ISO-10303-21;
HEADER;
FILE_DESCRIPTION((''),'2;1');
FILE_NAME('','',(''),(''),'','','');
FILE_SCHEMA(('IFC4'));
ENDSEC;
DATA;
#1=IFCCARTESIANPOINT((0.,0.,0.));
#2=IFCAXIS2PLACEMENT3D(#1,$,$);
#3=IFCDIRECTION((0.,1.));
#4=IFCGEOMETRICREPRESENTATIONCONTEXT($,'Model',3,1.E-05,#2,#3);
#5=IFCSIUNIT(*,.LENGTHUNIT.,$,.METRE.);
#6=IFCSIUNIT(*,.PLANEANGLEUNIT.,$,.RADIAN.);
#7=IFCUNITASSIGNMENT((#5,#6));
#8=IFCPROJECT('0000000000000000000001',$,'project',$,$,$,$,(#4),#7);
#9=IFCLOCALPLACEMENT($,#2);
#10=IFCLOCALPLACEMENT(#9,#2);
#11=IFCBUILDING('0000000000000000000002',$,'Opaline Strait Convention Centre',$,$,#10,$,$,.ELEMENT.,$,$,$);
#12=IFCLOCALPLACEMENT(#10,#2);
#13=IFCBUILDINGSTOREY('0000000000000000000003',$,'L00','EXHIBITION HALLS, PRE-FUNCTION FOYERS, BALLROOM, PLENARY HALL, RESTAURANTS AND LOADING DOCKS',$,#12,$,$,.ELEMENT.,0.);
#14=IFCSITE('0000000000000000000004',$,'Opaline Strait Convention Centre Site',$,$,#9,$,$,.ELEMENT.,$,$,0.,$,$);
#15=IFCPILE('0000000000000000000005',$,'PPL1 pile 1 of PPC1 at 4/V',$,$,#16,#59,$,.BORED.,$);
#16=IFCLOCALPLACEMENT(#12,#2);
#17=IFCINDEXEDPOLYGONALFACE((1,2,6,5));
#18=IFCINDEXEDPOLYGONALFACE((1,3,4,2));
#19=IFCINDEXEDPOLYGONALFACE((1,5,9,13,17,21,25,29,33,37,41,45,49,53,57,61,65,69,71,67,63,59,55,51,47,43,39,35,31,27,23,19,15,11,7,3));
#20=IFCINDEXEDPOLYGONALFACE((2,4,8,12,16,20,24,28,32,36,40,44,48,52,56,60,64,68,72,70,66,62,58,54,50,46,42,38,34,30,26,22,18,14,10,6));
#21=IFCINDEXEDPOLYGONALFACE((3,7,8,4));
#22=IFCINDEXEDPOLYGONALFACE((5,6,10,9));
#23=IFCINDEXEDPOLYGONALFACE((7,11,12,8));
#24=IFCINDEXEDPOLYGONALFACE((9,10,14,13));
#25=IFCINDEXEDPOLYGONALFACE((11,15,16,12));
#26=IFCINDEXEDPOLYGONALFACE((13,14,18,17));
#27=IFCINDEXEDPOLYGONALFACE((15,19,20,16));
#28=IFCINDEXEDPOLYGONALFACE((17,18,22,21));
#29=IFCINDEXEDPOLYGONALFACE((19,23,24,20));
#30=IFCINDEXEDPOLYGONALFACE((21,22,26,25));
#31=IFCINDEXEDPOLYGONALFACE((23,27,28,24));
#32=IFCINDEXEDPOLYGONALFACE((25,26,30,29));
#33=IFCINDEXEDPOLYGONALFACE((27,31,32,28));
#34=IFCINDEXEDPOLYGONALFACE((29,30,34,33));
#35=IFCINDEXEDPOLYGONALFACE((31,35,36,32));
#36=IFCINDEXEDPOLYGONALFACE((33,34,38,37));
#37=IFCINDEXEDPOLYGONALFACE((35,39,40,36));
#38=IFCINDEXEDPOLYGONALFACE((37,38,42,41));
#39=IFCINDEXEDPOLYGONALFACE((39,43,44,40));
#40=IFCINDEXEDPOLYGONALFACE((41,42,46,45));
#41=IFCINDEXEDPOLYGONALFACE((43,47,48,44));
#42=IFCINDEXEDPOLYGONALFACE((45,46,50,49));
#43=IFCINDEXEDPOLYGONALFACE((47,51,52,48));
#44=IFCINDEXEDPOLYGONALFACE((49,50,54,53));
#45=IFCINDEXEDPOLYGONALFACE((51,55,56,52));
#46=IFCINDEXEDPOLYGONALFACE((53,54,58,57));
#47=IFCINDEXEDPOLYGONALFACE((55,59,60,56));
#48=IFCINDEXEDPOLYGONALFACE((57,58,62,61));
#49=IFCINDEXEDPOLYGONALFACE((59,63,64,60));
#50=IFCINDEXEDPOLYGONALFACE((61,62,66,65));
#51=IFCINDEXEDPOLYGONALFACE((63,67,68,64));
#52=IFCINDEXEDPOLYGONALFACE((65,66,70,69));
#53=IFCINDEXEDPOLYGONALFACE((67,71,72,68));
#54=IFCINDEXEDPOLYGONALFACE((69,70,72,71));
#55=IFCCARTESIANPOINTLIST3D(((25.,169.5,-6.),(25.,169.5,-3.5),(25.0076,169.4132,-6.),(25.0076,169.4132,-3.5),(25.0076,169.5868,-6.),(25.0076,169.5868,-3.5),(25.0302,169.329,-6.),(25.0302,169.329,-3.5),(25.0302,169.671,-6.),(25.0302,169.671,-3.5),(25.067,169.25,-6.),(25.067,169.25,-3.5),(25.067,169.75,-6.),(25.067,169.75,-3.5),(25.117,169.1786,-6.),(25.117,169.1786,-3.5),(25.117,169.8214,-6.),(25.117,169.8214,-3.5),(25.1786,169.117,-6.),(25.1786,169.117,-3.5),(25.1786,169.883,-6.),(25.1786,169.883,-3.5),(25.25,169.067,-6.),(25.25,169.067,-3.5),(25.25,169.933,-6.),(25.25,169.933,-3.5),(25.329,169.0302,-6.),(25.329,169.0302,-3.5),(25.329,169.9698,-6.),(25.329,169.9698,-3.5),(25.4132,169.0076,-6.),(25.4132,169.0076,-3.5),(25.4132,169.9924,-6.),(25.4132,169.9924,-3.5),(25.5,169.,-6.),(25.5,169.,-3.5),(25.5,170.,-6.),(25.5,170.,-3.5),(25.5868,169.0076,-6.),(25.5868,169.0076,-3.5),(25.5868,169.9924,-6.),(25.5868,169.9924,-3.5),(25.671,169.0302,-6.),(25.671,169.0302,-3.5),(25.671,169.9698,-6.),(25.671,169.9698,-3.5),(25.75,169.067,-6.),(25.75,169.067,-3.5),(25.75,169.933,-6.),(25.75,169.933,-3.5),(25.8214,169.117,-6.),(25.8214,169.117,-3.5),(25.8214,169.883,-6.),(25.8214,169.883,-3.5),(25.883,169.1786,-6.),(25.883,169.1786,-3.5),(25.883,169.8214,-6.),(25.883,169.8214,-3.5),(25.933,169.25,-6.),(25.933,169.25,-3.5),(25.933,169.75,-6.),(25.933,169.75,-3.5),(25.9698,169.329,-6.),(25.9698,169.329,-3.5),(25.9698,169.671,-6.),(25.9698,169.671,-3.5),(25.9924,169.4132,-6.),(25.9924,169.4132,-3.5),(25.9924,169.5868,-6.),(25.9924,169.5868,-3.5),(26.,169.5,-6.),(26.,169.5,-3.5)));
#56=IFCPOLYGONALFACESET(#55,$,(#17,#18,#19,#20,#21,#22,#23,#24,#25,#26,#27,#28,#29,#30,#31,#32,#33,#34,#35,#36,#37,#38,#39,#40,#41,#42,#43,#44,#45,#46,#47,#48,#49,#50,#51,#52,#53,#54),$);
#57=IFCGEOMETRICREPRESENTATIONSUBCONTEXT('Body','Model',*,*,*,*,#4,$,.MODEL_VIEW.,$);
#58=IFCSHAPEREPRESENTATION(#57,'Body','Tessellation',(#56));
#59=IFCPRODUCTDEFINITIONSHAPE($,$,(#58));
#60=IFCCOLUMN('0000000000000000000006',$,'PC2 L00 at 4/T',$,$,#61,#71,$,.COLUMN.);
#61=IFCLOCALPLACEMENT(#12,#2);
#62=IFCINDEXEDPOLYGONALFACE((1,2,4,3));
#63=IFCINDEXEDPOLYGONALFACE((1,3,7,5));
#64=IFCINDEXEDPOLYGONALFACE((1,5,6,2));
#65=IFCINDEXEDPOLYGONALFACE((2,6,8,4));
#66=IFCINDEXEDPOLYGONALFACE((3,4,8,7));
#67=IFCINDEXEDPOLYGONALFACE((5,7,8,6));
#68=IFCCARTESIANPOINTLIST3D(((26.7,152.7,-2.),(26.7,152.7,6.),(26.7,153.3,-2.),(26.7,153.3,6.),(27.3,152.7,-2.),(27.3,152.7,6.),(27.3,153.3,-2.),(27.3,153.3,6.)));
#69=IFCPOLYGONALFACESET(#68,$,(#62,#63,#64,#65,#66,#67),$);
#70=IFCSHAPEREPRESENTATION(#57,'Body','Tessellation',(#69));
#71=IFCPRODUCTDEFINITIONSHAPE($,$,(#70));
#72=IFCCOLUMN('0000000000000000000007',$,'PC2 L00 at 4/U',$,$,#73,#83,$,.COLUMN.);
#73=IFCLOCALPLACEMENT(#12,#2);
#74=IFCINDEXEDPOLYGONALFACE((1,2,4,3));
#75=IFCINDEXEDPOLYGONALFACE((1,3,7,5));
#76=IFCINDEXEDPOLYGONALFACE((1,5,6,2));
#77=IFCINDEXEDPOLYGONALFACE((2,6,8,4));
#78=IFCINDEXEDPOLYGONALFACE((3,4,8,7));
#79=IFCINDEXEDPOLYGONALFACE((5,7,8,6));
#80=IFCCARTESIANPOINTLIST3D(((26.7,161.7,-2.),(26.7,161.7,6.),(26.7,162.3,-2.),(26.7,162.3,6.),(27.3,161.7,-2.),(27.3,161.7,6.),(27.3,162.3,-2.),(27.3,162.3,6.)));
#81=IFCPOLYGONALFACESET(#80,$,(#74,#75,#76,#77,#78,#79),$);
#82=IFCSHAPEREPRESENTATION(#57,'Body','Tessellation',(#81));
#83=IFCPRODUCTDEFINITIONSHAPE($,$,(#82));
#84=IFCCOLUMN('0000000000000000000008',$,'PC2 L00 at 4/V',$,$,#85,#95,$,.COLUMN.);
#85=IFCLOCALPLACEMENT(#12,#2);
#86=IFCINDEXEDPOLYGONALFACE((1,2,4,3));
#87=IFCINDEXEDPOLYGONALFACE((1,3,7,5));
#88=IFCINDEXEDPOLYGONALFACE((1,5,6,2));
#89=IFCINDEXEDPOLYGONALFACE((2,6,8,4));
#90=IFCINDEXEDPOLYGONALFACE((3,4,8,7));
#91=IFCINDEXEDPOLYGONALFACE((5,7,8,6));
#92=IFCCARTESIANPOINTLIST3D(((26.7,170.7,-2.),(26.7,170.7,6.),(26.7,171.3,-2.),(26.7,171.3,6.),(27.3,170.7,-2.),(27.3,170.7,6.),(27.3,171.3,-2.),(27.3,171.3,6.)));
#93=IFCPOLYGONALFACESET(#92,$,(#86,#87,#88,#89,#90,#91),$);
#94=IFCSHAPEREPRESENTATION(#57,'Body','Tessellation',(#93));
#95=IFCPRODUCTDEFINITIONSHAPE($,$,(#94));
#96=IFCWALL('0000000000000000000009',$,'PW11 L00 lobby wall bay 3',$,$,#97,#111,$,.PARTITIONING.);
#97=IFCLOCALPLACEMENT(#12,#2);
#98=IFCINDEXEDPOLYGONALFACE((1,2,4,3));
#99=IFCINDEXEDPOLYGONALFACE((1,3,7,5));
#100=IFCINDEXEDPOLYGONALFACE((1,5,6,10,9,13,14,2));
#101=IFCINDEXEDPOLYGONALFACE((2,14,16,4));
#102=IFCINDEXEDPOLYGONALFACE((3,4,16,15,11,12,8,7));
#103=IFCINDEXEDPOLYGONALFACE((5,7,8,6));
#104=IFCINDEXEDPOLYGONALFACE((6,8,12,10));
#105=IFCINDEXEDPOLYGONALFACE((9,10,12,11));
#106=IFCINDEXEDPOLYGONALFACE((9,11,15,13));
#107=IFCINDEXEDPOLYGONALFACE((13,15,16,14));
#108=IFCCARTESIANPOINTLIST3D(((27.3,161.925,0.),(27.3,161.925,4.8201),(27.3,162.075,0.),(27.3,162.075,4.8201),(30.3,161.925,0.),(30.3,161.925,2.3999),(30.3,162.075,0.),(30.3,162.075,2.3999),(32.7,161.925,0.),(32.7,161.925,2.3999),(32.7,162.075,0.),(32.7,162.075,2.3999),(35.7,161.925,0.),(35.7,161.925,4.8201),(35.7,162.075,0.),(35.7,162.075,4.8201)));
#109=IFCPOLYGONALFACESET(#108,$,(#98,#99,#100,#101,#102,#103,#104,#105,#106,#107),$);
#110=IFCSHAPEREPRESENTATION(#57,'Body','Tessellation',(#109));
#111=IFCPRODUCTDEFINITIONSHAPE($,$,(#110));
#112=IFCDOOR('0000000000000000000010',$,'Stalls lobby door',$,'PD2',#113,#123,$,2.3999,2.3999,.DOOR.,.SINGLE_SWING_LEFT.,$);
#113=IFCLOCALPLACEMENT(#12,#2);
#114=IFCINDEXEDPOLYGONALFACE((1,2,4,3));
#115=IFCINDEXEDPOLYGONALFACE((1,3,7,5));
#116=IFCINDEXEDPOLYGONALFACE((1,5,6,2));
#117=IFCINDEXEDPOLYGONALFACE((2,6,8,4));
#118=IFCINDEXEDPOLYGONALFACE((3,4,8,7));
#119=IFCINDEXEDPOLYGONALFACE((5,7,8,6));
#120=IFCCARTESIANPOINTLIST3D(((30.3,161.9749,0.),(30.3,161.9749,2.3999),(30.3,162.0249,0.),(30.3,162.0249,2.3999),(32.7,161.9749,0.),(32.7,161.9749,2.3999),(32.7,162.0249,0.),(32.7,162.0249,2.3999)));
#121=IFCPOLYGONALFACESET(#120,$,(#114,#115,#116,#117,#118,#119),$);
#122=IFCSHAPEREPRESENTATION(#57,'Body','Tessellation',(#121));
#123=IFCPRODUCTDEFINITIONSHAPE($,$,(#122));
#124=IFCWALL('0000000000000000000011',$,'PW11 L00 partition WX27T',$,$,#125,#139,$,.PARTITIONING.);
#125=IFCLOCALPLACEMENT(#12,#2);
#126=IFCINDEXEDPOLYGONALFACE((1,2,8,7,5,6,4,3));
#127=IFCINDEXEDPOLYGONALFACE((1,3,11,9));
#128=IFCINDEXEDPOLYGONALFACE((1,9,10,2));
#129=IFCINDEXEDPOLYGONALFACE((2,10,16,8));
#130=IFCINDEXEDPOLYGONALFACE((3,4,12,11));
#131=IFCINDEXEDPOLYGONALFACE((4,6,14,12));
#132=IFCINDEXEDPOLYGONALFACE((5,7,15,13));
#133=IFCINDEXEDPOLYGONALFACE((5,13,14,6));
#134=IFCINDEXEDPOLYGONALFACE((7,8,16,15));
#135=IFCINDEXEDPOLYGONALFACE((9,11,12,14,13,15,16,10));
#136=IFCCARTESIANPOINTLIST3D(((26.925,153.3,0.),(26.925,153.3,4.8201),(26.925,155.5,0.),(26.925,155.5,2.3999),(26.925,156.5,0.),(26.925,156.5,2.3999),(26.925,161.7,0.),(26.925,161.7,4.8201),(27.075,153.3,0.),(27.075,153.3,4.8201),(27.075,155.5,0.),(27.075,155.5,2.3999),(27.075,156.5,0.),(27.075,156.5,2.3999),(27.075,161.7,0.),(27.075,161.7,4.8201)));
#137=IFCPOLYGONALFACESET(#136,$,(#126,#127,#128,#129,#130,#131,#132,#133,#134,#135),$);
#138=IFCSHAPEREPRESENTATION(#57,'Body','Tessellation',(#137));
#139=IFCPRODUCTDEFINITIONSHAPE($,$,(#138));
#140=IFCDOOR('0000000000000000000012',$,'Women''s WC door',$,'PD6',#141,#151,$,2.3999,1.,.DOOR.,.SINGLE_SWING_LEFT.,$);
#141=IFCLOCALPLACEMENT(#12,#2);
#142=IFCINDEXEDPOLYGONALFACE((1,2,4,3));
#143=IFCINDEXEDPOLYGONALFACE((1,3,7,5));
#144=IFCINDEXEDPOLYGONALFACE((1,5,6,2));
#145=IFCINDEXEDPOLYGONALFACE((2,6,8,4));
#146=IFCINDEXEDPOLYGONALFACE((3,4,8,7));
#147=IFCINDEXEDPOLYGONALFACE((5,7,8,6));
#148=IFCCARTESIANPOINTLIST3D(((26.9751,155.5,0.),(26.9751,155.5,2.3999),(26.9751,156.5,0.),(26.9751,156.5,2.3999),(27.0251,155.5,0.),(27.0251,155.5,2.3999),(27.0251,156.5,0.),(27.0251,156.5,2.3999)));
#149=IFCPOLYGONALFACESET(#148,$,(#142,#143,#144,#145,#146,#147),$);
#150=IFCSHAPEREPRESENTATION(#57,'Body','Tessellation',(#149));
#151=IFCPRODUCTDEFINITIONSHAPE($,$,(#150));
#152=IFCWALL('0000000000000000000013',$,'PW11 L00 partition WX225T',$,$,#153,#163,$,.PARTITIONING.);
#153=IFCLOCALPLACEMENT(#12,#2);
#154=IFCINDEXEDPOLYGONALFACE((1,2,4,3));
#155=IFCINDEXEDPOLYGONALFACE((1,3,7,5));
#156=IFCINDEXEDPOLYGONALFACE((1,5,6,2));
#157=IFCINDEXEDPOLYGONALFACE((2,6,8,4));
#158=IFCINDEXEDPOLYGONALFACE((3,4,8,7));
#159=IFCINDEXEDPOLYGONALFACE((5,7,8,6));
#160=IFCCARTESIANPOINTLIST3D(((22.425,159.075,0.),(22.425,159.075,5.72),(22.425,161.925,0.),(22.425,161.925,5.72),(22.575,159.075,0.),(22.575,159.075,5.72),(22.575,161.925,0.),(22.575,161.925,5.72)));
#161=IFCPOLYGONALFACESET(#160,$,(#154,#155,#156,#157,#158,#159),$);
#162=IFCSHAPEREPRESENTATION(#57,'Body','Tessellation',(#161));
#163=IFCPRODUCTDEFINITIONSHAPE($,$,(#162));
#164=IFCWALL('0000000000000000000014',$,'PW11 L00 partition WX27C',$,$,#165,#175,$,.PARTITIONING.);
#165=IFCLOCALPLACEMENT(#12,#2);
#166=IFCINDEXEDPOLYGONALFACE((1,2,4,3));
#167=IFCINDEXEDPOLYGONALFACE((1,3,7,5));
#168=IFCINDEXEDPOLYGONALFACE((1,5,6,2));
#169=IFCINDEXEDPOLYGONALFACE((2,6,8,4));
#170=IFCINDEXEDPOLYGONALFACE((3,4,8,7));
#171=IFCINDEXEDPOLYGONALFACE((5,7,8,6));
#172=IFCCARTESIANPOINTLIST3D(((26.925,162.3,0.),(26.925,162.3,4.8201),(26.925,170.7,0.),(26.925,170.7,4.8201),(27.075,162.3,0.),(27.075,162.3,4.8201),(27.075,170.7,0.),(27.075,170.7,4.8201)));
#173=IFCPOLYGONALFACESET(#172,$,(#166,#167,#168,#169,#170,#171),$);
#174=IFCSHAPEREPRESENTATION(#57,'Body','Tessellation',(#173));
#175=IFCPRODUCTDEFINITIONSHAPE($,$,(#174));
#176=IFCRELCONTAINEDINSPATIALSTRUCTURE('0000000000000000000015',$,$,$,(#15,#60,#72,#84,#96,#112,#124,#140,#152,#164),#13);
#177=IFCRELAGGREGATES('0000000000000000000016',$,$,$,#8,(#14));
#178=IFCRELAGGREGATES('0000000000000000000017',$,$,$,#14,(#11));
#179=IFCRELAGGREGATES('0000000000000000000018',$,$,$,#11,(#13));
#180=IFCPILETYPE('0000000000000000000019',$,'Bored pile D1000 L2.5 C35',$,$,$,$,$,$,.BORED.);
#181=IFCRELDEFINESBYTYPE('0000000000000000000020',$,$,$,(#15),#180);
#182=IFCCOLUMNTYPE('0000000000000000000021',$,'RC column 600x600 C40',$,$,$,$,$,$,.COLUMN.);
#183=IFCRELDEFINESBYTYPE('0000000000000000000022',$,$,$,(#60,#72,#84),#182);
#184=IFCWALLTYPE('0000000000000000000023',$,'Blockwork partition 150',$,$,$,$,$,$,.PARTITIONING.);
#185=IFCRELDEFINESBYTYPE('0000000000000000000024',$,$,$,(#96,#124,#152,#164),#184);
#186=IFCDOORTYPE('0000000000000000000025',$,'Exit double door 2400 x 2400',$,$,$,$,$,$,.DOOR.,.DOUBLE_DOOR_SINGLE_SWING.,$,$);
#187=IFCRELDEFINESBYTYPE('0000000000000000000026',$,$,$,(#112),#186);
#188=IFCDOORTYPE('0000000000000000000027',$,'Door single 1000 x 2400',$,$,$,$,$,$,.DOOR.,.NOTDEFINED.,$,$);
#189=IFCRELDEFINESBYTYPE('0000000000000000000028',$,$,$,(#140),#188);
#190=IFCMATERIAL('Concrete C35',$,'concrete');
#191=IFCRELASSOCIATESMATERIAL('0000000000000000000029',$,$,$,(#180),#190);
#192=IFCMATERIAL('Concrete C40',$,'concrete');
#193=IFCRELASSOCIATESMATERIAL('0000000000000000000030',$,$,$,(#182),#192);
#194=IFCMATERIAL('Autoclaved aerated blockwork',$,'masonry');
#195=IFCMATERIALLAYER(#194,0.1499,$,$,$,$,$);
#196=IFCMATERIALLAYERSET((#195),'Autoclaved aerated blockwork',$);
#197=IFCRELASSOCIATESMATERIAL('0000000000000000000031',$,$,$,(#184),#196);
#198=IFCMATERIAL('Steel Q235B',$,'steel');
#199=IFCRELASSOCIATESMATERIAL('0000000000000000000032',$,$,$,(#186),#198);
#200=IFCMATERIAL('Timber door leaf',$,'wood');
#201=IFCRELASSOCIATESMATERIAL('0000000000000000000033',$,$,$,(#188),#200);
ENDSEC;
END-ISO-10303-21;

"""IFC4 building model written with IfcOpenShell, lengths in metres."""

from ifc_helpers import new_model, si_unit, direction, frame, frame_2d, origin, origin_2d, place, context, subcontext, project, spatial, rectangle, circle, extrude, material, layer, layer_set, material_profile, profile_set, type_object, element, fill, save


model = new_model("IFC4")

# Units and contexts
model_context = context("Model", 3, precision=1e-05, world=origin(), true_north=direction((0.0, 1.0)))
body_context = subcontext(model_context, "Body", "Model", "MODEL_VIEW")
ifc_project = project(units=[si_unit("LENGTHUNIT", "METRE"), si_unit("PLANEANGLEUNIT", "RADIAN")], contexts=[model_context])

# Site, building, storey
site_placement = place(None, origin())
site = spatial("IfcSite", under=ifc_project, at=site_placement, Name="Opaline Strait Convention Centre Site", CompositionType="ELEMENT", RefElevation=0.0)
building_placement = place(site_placement, origin())
building = spatial("IfcBuilding", under=site, at=building_placement, Name="Opaline Strait Convention Centre", CompositionType="ELEMENT")
storey_placement = place(building_placement, origin())
storey = spatial("IfcBuildingStorey", under=building, at=storey_placement, Name="L00", Description="EXHIBITION HALLS, PRE-FUNCTION FOYERS, BALLROOM, PLENARY HALL, RESTAURANTS AND LOADING DOCKS", CompositionType="ELEMENT", Elevation=0.0)

# Pile
ifc_material_1 = material(Name="Concrete C35", Category="concrete")
ifc_material_profile_1 = material_profile(ifc_material_1, circle(Radius=0.5, at=origin_2d()), Name="D1000")
ifc_profile_set_1 = profile_set([ifc_material_profile_1], Name="Concrete C35")
pile_type = type_object("IfcPileType", Name="Bored pile D1000 L2.5 C35", PredefinedType="BORED", material=ifc_profile_set_1)
for number, where, z_axis, x_axis, name in (
    (1, (25.5, 169.5, -3.5), (0.0, 0.0, -1.0), (1.0, 0.0, 0.0), "PPL1 pile 1 of PPC1 at 4/V"),
):
    element("IfcPile", number, at=place(storey_placement, frame(where, z_axis=z_axis, x_axis=x_axis)), inside=storey, type_object=pile_type, Name=name, PredefinedType="BORED", context=body_context, shape_type="SweptSolid", body=[
        extrude(circle(Radius=0.5, at=origin_2d()), origin(), (0.0, 0.0, 1.0), 2.5),
    ])

# Columns
ifc_material_2 = material(Name="Concrete C40", Category="concrete")
ifc_material_profile_2 = material_profile(ifc_material_2, rectangle(XDim=0.6001, YDim=0.6001, at=origin_2d()), Name="RC 600x600")
ifc_profile_set_2 = profile_set([ifc_material_profile_2], Name="Concrete C40")
column_type = type_object("IfcColumnType", Name="RC column 600x600 C40", PredefinedType="COLUMN", material=ifc_profile_set_2)
for number, where, z_axis, x_axis, name in (
    (2, (27.0, 153.0, -2.0), (0.0, 0.0, 1.0), (1.0, 0.0, 0.0), "PC2 L00 at 4/T"),
    (3, (27.0, 162.0, -2.0), (0.0, 0.0, 1.0), (1.0, 0.0, 0.0), "PC2 L00 at 4/U"),
    (4, (27.0, 171.0, -2.0), (0.0, 0.0, 1.0), (1.0, 0.0, 0.0), "PC2 L00 at 4/V"),
):
    element("IfcColumn", number, at=place(storey_placement, frame(where, z_axis=z_axis, x_axis=x_axis)), inside=storey, type_object=column_type, Name=name, PredefinedType="COLUMN", context=body_context, shape_type="SweptSolid", body=[
        extrude(rectangle(XDim=0.6001, YDim=0.6001, at=origin_2d()), origin(), (0.0, 0.0, 1.0), 8.0),
    ])

# Walls, openings, doors
ifc_material_3 = material(Name="Autoclaved aerated blockwork", Category="masonry")
ifc_layer = layer(ifc_material_3, 0.1499)
ifc_layer_set = layer_set([ifc_layer], Name="Autoclaved aerated blockwork")
wall_type = type_object("IfcWallType", Name="Blockwork partition 150", PredefinedType="PARTITIONING", material=ifc_layer_set)
wall_1_placement = place(storey_placement, frame((27.3, 162.0, 0.0), z_axis=(0.0, 0.0, 1.0), x_axis=(1.0, 0.0, 0.0)))
wall_1 = element("IfcWall", 5, at=wall_1_placement, inside=storey, type_object=wall_type, Name="PW11 L00 lobby wall bay 3", PredefinedType="PARTITIONING", context=body_context, shape_type="SweptSolid", body=[
    extrude(rectangle(XDim=8.3999, YDim=0.1499, at=frame_2d((4.2, 0.0))), origin(), (0.0, 0.0, 1.0), 4.8201),
])
opening_1_placement = place(wall_1_placement, frame((3.0, 0.0, 0.0)))
opening_1 = element("IfcOpeningElement", 6, at=opening_1_placement, cuts=wall_1, PredefinedType="OPENING", context=body_context, shape_type="SweptSolid", body=[
    extrude(rectangle(XDim=2.3999, YDim=2.3999, at=frame_2d((1.2, 1.2))), frame((0.0, 0.085, 0.0), z_axis=(0.0, -1.0, 0.0), x_axis=(1.0, 0.0, 0.0)), (0.0, 0.0, 1.0), 0.1699),
])
ifc_material_4 = material(Name="Steel Q235B", Category="steel")
door_type_1 = type_object("IfcDoorType", Name="Exit double door 2400 x 2400", OperationType="DOUBLE_DOOR_SINGLE_SWING", PredefinedType="DOOR", material=ifc_material_4)
door_1_placement = place(opening_1_placement, origin())
door_1 = element("IfcDoor", 7, at=door_1_placement, inside=storey, type_object=door_type_1, Name="Stalls lobby door", ObjectType="PD2", OperationType="SINGLE_SWING_LEFT", OverallHeight=2.3999, OverallWidth=2.3999, PredefinedType="DOOR", context=body_context, shape_type="SweptSolid", body=[
    extrude(rectangle(XDim=2.3999, YDim=2.3999, at=frame_2d((1.2, 1.2))), frame((0.0, 0.0249, 0.0), z_axis=(0.0, -1.0, 0.0), x_axis=(1.0, 0.0, 0.0)), (0.0, 0.0, 1.0), 0.05),
])
fill(opening_1, door_1)
wall_2_placement = place(storey_placement, frame((27.0, 153.3, 0.0), z_axis=(0.0, 0.0, 1.0), x_axis=(0.0, 1.0, 0.0)))
wall_2 = element("IfcWall", 8, at=wall_2_placement, inside=storey, type_object=wall_type, Name="PW11 L00 partition WX27T", PredefinedType="PARTITIONING", context=body_context, shape_type="SweptSolid", body=[
    extrude(rectangle(XDim=8.3999, YDim=0.1499, at=frame_2d((4.2, 0.0))), origin(), (0.0, 0.0, 1.0), 4.8201),
])
opening_2_placement = place(wall_2_placement, frame((2.2, 0.0, 0.0)))
opening_2 = element("IfcOpeningElement", 9, at=opening_2_placement, cuts=wall_2, PredefinedType="OPENING", context=body_context, shape_type="SweptSolid", body=[
    extrude(rectangle(XDim=1.0, YDim=2.3999, at=frame_2d((0.5, 1.2))), frame((0.0, 0.085, 0.0), z_axis=(0.0, -1.0, 0.0), x_axis=(1.0, 0.0, 0.0)), (0.0, 0.0, 1.0), 0.1699),
])
ifc_material_5 = material(Name="Timber door leaf", Category="wood")
door_type_2 = type_object("IfcDoorType", Name="Door single 1000 x 2400", OperationType="NOTDEFINED", PredefinedType="DOOR", material=ifc_material_5)
door_2_placement = place(opening_2_placement, origin())
door_2 = element("IfcDoor", 10, at=door_2_placement, inside=storey, type_object=door_type_2, Name="Women's WC door", ObjectType="PD6", OperationType="SINGLE_SWING_LEFT", OverallHeight=2.3999, OverallWidth=1.0, PredefinedType="DOOR", context=body_context, shape_type="SweptSolid", body=[
    extrude(rectangle(XDim=1.0, YDim=2.3999, at=frame_2d((0.5, 1.2))), frame((0.0, 0.0249, 0.0), z_axis=(0.0, -1.0, 0.0), x_axis=(1.0, 0.0, 0.0)), (0.0, 0.0, 1.0), 0.05),
])
fill(opening_2, door_2)

# Walls
wall_3_placement = place(storey_placement, frame((22.5, 159.075, 0.0), z_axis=(0.0, 0.0, 1.0), x_axis=(0.0, 1.0, 0.0)))
element("IfcWall", 11, at=wall_3_placement, inside=storey, type_object=wall_type, Name="PW11 L00 partition WX225T", PredefinedType="PARTITIONING", context=body_context, shape_type="SweptSolid", body=[
    extrude(rectangle(XDim=2.8501, YDim=0.1499, at=frame_2d((1.425, 0.0))), origin(), (0.0, 0.0, 1.0), 5.72),
])
wall_4_placement = place(storey_placement, frame((27.0, 162.3, 0.0), z_axis=(0.0, 0.0, 1.0), x_axis=(0.0, 1.0, 0.0)))
element("IfcWall", 12, at=wall_4_placement, inside=storey, type_object=wall_type, Name="PW11 L00 partition WX27C", PredefinedType="PARTITIONING", context=body_context, shape_type="SweptSolid", body=[
    extrude(rectangle(XDim=8.3999, YDim=0.1499, at=frame_2d((4.2, 0.0))), origin(), (0.0, 0.0, 1.0), 4.8201),
])

save(model, "model.ifc")
